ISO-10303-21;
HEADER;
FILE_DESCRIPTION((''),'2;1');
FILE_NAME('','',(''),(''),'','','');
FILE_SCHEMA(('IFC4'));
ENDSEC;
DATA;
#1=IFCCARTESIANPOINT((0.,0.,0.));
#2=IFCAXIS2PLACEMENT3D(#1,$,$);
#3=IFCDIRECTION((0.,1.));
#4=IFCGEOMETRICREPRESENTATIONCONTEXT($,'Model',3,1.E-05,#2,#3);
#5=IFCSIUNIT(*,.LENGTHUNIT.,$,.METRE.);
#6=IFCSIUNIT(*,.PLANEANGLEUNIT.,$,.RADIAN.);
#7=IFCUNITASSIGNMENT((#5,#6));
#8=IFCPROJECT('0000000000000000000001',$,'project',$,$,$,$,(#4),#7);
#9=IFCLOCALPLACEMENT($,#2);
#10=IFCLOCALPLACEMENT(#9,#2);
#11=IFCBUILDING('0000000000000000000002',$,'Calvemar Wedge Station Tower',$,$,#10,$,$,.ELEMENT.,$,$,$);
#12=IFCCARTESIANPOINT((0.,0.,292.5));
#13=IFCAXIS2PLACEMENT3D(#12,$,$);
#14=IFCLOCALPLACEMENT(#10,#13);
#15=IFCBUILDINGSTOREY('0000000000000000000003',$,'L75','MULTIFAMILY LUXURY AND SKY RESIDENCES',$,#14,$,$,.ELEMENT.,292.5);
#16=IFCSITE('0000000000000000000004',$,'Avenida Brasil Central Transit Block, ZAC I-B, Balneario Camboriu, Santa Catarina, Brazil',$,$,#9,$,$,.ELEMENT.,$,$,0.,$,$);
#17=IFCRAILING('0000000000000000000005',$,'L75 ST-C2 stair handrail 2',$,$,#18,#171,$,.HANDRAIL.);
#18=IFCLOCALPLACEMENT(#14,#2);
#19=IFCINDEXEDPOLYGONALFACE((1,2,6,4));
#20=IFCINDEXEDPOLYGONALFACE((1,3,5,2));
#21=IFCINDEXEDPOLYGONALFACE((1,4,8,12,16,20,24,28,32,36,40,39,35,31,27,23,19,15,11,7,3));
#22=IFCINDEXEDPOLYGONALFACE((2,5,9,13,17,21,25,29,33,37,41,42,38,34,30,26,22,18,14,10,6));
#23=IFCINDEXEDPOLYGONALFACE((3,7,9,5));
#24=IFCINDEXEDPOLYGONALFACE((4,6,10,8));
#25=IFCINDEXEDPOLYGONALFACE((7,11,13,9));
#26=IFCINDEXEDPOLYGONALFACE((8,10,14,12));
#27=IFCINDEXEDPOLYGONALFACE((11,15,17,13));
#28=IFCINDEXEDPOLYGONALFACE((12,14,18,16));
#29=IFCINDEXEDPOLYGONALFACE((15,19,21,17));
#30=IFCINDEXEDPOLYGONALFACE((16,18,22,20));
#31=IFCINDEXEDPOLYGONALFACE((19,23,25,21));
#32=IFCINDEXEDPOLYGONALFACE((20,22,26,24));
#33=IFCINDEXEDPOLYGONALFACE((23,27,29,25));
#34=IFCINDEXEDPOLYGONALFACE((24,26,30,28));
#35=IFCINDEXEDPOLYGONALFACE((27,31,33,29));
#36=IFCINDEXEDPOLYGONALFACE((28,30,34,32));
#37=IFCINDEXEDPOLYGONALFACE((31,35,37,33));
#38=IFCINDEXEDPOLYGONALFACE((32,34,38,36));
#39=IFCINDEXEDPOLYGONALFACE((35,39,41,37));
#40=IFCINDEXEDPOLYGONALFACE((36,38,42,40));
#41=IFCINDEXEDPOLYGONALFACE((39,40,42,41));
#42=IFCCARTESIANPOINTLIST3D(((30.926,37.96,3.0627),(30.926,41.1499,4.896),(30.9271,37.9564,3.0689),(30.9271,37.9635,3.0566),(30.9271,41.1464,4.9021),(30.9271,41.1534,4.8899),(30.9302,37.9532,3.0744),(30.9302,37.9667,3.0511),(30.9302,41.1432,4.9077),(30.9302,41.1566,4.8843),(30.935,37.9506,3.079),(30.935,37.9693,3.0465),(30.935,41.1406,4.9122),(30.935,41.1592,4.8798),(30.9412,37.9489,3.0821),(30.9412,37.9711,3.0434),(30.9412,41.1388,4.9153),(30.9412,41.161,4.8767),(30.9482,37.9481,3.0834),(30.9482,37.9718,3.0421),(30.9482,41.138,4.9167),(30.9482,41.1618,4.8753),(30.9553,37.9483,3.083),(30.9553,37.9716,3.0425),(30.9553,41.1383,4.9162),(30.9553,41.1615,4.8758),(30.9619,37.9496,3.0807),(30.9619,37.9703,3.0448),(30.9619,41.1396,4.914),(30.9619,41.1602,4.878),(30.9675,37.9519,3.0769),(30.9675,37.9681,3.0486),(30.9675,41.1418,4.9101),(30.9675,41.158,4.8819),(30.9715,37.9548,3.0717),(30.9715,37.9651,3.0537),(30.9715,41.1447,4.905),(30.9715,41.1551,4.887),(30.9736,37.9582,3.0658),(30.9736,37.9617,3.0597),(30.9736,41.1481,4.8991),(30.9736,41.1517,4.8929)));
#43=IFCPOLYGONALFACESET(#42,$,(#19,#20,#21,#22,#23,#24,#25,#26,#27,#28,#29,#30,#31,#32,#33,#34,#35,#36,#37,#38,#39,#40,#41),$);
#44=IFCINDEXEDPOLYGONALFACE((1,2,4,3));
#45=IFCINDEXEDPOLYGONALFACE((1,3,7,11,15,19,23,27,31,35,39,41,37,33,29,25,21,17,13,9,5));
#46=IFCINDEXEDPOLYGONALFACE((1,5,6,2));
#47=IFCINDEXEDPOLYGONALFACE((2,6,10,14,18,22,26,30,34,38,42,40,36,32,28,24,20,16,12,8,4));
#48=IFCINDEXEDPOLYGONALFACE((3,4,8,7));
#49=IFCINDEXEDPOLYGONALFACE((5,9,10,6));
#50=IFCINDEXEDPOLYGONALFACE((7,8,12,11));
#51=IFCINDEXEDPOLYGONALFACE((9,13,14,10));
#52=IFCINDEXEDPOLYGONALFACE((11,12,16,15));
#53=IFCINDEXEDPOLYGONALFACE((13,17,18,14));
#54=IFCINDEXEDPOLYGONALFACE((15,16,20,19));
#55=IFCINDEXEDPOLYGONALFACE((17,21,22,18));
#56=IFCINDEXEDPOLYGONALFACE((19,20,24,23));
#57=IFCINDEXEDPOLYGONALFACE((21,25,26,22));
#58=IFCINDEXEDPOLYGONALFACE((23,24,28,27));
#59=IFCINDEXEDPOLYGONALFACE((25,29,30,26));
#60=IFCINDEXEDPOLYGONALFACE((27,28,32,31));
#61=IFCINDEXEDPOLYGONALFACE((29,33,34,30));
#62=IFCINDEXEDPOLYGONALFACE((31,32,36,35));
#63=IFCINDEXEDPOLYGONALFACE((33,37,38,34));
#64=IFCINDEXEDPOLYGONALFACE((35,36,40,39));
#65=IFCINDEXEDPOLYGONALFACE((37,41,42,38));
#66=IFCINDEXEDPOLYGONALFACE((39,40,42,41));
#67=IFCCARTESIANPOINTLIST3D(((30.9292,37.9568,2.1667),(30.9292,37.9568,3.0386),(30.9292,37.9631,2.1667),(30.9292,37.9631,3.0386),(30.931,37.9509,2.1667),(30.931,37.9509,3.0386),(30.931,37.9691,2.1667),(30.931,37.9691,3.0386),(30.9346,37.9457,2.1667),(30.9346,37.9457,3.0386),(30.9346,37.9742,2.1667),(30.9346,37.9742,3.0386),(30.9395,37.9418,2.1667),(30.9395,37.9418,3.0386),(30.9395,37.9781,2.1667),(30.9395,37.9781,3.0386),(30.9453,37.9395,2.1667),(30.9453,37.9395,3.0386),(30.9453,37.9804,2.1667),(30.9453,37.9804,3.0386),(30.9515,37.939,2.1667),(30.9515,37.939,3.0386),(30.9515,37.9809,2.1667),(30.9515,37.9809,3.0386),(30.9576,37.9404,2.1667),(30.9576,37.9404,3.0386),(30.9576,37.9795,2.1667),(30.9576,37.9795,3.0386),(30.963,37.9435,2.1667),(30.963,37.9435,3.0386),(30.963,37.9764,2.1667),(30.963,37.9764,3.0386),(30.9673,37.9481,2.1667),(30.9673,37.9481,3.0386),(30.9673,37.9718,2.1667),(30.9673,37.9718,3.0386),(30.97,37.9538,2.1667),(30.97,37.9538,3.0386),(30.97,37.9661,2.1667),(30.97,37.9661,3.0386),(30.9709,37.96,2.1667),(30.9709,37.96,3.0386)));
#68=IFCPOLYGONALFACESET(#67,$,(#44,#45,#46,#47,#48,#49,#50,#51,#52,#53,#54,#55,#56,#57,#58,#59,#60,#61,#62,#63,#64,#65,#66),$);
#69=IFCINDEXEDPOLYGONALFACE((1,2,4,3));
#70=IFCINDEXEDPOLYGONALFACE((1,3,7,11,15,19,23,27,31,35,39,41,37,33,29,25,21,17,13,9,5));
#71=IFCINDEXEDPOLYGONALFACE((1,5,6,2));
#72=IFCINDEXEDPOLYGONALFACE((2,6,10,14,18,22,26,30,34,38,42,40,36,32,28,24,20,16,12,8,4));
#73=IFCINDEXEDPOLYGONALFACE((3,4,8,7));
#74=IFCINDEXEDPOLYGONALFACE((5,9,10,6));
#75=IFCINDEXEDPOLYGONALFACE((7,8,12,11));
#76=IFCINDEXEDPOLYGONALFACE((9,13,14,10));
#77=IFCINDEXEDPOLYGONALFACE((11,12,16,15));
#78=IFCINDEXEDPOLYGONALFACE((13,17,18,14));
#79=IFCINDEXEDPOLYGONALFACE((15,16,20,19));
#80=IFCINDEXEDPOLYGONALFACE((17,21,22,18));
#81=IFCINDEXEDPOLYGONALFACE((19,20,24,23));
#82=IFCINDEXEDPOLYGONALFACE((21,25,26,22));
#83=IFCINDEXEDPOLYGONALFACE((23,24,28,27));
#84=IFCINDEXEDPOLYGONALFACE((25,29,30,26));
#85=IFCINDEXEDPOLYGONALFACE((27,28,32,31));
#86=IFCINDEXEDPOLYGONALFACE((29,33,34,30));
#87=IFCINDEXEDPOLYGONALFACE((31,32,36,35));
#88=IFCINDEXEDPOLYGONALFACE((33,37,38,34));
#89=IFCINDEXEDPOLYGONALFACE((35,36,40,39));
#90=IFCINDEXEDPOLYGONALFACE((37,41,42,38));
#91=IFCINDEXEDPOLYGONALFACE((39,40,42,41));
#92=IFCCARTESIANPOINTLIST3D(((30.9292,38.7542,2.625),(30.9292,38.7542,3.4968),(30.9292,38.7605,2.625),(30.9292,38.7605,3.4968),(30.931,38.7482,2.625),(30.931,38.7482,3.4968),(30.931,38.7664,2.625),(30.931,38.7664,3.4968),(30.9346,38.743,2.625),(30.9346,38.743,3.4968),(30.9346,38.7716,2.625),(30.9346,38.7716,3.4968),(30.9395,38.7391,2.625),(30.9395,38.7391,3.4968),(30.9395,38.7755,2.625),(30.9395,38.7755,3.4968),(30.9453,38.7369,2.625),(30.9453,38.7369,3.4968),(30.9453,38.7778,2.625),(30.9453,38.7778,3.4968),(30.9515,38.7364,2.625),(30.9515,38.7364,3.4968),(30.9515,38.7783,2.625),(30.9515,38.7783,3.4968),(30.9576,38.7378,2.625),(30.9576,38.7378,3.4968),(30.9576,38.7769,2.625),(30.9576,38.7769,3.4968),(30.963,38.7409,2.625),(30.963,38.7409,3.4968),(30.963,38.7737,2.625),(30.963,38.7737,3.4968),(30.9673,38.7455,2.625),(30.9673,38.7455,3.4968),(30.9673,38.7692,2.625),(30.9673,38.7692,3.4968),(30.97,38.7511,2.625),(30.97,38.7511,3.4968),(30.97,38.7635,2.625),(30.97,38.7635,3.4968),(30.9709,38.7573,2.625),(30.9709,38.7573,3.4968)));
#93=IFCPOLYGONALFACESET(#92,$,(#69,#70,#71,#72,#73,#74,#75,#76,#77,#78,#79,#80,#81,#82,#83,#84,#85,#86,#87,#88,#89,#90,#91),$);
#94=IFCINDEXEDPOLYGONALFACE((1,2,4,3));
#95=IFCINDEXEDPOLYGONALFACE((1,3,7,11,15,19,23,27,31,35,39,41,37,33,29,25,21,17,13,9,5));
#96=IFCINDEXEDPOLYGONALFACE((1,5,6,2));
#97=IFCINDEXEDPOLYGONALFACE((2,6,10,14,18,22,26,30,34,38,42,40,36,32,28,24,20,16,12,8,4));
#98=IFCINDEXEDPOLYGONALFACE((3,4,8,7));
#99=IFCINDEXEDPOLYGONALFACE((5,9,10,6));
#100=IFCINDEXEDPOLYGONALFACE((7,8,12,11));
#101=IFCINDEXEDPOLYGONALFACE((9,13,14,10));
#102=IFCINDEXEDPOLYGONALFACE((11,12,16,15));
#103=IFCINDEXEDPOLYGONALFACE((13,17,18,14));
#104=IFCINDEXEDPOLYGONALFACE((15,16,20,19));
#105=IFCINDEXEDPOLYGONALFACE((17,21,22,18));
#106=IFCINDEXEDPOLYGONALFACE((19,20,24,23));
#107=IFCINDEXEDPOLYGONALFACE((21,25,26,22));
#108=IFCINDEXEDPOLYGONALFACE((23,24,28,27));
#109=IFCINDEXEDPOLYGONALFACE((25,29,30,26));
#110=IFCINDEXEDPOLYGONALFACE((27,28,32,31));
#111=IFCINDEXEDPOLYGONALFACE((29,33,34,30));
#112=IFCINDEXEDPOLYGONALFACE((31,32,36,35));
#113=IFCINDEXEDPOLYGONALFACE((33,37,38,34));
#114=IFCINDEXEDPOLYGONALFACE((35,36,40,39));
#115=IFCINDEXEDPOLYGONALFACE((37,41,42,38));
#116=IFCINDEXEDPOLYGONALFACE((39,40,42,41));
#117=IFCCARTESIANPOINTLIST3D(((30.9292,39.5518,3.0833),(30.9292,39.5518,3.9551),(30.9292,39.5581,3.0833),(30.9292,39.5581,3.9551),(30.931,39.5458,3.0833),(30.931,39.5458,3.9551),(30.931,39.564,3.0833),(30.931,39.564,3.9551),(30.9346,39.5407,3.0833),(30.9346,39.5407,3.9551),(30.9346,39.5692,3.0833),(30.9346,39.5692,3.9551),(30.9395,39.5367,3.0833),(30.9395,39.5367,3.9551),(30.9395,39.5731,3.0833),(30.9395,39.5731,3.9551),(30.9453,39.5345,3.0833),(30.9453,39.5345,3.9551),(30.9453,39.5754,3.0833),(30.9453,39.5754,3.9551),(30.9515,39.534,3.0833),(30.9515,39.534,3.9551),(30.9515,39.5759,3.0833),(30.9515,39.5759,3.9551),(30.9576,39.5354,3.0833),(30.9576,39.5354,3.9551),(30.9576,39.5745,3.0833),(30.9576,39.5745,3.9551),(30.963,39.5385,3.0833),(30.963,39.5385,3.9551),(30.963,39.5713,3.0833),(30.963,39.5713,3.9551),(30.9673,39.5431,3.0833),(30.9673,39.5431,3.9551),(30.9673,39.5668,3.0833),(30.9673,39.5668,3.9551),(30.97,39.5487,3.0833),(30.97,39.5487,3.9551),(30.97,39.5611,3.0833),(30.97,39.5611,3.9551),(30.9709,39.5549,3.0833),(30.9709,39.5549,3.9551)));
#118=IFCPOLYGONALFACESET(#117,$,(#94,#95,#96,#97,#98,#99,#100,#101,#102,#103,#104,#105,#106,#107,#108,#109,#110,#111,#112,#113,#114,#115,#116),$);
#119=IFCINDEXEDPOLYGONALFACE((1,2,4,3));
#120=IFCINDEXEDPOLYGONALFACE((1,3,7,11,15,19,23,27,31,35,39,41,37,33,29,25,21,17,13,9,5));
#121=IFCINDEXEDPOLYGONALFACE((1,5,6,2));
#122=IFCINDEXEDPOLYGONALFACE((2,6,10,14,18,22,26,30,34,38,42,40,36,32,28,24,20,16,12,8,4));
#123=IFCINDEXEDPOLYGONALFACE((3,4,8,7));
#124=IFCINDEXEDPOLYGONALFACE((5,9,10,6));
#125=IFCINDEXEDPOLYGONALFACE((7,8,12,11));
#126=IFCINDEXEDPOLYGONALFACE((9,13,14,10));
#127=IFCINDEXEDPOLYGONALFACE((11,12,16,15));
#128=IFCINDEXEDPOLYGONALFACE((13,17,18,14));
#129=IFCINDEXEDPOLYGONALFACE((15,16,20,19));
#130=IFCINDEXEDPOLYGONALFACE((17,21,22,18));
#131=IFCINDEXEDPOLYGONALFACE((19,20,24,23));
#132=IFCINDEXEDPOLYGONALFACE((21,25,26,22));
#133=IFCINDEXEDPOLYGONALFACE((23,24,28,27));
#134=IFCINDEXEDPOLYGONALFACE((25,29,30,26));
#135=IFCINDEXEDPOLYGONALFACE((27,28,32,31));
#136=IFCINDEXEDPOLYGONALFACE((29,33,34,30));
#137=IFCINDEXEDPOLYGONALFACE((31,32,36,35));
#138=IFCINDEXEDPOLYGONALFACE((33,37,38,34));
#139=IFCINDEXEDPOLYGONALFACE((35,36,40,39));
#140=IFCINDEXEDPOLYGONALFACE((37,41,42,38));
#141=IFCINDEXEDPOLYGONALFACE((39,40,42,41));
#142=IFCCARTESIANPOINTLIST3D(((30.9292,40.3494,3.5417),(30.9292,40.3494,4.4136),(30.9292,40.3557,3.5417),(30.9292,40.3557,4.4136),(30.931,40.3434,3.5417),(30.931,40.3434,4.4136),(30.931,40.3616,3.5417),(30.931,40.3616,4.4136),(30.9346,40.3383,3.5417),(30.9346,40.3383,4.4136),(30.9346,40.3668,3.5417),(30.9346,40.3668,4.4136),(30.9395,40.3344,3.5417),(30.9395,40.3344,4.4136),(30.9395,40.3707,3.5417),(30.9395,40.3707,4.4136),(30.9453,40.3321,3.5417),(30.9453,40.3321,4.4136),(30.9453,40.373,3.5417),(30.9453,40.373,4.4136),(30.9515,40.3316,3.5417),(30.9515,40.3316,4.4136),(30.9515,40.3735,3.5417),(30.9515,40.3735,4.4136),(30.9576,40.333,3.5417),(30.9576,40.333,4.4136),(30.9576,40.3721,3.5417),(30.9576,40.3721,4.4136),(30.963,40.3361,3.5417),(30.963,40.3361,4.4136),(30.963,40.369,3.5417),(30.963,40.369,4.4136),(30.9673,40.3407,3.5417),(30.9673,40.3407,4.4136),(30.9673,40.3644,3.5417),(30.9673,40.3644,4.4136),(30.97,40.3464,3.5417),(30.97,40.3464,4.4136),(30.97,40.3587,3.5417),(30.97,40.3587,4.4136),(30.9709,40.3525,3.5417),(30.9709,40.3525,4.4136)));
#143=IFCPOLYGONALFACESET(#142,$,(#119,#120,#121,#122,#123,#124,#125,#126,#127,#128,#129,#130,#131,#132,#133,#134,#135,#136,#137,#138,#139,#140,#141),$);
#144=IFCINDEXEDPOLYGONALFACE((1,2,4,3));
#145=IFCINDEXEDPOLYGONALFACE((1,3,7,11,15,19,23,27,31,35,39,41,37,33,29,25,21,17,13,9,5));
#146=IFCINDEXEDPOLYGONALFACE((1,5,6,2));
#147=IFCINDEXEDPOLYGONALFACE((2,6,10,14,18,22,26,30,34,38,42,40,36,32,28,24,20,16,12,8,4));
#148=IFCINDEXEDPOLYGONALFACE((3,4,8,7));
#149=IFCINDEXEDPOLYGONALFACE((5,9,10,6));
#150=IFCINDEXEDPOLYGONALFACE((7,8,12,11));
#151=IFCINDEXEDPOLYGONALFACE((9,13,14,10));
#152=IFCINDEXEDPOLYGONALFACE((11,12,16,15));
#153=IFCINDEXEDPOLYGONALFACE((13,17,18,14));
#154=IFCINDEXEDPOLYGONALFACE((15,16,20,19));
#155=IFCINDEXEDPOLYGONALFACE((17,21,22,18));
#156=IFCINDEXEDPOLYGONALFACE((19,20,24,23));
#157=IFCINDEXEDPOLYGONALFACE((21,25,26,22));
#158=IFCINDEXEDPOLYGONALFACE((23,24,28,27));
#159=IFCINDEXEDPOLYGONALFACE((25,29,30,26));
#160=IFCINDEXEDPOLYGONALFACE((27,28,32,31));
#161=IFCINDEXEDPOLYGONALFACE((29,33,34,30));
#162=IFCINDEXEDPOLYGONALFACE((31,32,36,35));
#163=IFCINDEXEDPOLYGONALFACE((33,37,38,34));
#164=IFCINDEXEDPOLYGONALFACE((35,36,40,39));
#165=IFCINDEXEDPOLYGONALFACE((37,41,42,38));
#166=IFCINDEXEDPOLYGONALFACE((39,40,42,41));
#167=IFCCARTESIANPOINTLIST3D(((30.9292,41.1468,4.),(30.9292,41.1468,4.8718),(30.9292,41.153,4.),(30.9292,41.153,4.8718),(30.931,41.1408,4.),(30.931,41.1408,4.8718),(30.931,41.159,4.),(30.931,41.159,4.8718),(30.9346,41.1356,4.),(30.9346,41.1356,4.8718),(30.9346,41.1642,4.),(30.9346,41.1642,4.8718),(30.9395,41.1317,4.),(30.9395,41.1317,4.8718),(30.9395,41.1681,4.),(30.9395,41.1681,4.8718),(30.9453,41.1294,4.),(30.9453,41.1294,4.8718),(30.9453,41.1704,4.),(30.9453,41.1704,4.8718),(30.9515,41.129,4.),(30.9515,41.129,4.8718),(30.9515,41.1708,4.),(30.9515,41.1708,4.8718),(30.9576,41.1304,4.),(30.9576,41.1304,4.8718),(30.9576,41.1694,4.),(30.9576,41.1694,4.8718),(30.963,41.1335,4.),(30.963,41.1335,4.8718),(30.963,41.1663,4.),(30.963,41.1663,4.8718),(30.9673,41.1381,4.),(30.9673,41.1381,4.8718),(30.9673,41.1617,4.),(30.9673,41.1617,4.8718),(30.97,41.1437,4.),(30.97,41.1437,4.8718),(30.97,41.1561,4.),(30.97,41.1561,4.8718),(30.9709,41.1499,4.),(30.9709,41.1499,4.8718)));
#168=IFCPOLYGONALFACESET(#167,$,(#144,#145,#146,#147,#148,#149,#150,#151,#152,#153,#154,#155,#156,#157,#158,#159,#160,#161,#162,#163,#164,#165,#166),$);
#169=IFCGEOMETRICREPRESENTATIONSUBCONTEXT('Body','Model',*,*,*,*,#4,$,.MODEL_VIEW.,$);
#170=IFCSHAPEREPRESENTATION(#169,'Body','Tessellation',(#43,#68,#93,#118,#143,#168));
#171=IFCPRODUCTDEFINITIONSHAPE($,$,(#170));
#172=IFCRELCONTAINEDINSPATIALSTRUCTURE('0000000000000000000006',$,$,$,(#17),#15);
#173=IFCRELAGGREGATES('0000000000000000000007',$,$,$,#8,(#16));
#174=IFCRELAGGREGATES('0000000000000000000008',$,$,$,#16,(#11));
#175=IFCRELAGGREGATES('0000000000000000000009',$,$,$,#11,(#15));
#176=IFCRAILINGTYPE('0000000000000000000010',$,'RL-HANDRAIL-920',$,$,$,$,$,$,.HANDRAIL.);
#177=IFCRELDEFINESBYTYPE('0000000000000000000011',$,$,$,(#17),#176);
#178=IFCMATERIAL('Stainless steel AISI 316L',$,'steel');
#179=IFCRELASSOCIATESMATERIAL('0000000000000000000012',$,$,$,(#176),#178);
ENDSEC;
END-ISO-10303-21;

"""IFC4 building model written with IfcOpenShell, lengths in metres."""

from ifc_helpers import new_model, si_unit, direction, frame, origin, origin_2d, place, context, subcontext, project, spatial, circle, extrude, material, type_object, element, save


model = new_model("IFC4")

# Units and contexts
model_context = context("Model", 3, precision=1e-05, world=origin(), true_north=direction((0.0, 1.0)))
body_context = subcontext(model_context, "Body", "Model", "MODEL_VIEW")
ifc_project = project(units=[si_unit("LENGTHUNIT", "METRE"), si_unit("PLANEANGLEUNIT", "RADIAN")], contexts=[model_context])

# Site, building, storey
site_placement = place(None, origin())
site = spatial("IfcSite", under=ifc_project, at=site_placement, Name="Avenida Brasil Central Transit Block, ZAC I-B, Balneario Camboriu, Santa Catarina, Brazil", CompositionType="ELEMENT", RefElevation=0.0)
building_placement = place(site_placement, origin())
building = spatial("IfcBuilding", under=site, at=building_placement, Name="Calvemar Wedge Station Tower", CompositionType="ELEMENT")
storey_placement = place(building_placement, frame((0.0, 0.0, 292.5)))
storey = spatial("IfcBuildingStorey", under=building, at=storey_placement, Name="L75", Description="MULTIFAMILY LUXURY AND SKY RESIDENCES", CompositionType="ELEMENT", Elevation=292.5)

# Railing
ifc_material_1 = material(Name="Stainless steel AISI 316L", Category="steel")
railing_type_1 = type_object("IfcRailingType", Name="RL-HANDRAIL-920", PredefinedType="HANDRAIL", material=ifc_material_1)
railing_1_placement = place(storey_placement, frame((30.95, 37.96, 2.1667)))
element("IfcRailing", 1, at=railing_1_placement, inside=storey, type_object=railing_type_1, Name="L75 ST-C2 stair handrail 2", PredefinedType="HANDRAIL", context=body_context, shape_type="SweptSolid", body=[
    extrude(circle(Radius=0.0239, at=origin_2d()), frame((0.0, 0.0, 0.896), z_axis=(0.0, 0.86702, 0.498274), x_axis=(-1.0, 0.0, 0.0)), (0.0, 0.0, 1.0), 3.6792),
    extrude(circle(Radius=0.021, at=origin_2d()), origin(), (0.0, 0.0, 1.0), 0.8718),
    extrude(circle(Radius=0.021, at=origin_2d()), frame((0.0, 0.7974, 0.4583)), (0.0, 0.0, 1.0), 0.8718),
    extrude(circle(Radius=0.021, at=origin_2d()), frame((0.0, 1.595, 0.9165)), (0.0, 0.0, 1.0), 0.8718),
    extrude(circle(Radius=0.021, at=origin_2d()), frame((0.0, 2.3926, 1.375)), (0.0, 0.0, 1.0), 0.8718),
    extrude(circle(Radius=0.021, at=origin_2d()), frame((0.0, 3.1899, 1.8333)), (0.0, 0.0, 1.0), 0.8718),
])

save(model, "model.ifc")
